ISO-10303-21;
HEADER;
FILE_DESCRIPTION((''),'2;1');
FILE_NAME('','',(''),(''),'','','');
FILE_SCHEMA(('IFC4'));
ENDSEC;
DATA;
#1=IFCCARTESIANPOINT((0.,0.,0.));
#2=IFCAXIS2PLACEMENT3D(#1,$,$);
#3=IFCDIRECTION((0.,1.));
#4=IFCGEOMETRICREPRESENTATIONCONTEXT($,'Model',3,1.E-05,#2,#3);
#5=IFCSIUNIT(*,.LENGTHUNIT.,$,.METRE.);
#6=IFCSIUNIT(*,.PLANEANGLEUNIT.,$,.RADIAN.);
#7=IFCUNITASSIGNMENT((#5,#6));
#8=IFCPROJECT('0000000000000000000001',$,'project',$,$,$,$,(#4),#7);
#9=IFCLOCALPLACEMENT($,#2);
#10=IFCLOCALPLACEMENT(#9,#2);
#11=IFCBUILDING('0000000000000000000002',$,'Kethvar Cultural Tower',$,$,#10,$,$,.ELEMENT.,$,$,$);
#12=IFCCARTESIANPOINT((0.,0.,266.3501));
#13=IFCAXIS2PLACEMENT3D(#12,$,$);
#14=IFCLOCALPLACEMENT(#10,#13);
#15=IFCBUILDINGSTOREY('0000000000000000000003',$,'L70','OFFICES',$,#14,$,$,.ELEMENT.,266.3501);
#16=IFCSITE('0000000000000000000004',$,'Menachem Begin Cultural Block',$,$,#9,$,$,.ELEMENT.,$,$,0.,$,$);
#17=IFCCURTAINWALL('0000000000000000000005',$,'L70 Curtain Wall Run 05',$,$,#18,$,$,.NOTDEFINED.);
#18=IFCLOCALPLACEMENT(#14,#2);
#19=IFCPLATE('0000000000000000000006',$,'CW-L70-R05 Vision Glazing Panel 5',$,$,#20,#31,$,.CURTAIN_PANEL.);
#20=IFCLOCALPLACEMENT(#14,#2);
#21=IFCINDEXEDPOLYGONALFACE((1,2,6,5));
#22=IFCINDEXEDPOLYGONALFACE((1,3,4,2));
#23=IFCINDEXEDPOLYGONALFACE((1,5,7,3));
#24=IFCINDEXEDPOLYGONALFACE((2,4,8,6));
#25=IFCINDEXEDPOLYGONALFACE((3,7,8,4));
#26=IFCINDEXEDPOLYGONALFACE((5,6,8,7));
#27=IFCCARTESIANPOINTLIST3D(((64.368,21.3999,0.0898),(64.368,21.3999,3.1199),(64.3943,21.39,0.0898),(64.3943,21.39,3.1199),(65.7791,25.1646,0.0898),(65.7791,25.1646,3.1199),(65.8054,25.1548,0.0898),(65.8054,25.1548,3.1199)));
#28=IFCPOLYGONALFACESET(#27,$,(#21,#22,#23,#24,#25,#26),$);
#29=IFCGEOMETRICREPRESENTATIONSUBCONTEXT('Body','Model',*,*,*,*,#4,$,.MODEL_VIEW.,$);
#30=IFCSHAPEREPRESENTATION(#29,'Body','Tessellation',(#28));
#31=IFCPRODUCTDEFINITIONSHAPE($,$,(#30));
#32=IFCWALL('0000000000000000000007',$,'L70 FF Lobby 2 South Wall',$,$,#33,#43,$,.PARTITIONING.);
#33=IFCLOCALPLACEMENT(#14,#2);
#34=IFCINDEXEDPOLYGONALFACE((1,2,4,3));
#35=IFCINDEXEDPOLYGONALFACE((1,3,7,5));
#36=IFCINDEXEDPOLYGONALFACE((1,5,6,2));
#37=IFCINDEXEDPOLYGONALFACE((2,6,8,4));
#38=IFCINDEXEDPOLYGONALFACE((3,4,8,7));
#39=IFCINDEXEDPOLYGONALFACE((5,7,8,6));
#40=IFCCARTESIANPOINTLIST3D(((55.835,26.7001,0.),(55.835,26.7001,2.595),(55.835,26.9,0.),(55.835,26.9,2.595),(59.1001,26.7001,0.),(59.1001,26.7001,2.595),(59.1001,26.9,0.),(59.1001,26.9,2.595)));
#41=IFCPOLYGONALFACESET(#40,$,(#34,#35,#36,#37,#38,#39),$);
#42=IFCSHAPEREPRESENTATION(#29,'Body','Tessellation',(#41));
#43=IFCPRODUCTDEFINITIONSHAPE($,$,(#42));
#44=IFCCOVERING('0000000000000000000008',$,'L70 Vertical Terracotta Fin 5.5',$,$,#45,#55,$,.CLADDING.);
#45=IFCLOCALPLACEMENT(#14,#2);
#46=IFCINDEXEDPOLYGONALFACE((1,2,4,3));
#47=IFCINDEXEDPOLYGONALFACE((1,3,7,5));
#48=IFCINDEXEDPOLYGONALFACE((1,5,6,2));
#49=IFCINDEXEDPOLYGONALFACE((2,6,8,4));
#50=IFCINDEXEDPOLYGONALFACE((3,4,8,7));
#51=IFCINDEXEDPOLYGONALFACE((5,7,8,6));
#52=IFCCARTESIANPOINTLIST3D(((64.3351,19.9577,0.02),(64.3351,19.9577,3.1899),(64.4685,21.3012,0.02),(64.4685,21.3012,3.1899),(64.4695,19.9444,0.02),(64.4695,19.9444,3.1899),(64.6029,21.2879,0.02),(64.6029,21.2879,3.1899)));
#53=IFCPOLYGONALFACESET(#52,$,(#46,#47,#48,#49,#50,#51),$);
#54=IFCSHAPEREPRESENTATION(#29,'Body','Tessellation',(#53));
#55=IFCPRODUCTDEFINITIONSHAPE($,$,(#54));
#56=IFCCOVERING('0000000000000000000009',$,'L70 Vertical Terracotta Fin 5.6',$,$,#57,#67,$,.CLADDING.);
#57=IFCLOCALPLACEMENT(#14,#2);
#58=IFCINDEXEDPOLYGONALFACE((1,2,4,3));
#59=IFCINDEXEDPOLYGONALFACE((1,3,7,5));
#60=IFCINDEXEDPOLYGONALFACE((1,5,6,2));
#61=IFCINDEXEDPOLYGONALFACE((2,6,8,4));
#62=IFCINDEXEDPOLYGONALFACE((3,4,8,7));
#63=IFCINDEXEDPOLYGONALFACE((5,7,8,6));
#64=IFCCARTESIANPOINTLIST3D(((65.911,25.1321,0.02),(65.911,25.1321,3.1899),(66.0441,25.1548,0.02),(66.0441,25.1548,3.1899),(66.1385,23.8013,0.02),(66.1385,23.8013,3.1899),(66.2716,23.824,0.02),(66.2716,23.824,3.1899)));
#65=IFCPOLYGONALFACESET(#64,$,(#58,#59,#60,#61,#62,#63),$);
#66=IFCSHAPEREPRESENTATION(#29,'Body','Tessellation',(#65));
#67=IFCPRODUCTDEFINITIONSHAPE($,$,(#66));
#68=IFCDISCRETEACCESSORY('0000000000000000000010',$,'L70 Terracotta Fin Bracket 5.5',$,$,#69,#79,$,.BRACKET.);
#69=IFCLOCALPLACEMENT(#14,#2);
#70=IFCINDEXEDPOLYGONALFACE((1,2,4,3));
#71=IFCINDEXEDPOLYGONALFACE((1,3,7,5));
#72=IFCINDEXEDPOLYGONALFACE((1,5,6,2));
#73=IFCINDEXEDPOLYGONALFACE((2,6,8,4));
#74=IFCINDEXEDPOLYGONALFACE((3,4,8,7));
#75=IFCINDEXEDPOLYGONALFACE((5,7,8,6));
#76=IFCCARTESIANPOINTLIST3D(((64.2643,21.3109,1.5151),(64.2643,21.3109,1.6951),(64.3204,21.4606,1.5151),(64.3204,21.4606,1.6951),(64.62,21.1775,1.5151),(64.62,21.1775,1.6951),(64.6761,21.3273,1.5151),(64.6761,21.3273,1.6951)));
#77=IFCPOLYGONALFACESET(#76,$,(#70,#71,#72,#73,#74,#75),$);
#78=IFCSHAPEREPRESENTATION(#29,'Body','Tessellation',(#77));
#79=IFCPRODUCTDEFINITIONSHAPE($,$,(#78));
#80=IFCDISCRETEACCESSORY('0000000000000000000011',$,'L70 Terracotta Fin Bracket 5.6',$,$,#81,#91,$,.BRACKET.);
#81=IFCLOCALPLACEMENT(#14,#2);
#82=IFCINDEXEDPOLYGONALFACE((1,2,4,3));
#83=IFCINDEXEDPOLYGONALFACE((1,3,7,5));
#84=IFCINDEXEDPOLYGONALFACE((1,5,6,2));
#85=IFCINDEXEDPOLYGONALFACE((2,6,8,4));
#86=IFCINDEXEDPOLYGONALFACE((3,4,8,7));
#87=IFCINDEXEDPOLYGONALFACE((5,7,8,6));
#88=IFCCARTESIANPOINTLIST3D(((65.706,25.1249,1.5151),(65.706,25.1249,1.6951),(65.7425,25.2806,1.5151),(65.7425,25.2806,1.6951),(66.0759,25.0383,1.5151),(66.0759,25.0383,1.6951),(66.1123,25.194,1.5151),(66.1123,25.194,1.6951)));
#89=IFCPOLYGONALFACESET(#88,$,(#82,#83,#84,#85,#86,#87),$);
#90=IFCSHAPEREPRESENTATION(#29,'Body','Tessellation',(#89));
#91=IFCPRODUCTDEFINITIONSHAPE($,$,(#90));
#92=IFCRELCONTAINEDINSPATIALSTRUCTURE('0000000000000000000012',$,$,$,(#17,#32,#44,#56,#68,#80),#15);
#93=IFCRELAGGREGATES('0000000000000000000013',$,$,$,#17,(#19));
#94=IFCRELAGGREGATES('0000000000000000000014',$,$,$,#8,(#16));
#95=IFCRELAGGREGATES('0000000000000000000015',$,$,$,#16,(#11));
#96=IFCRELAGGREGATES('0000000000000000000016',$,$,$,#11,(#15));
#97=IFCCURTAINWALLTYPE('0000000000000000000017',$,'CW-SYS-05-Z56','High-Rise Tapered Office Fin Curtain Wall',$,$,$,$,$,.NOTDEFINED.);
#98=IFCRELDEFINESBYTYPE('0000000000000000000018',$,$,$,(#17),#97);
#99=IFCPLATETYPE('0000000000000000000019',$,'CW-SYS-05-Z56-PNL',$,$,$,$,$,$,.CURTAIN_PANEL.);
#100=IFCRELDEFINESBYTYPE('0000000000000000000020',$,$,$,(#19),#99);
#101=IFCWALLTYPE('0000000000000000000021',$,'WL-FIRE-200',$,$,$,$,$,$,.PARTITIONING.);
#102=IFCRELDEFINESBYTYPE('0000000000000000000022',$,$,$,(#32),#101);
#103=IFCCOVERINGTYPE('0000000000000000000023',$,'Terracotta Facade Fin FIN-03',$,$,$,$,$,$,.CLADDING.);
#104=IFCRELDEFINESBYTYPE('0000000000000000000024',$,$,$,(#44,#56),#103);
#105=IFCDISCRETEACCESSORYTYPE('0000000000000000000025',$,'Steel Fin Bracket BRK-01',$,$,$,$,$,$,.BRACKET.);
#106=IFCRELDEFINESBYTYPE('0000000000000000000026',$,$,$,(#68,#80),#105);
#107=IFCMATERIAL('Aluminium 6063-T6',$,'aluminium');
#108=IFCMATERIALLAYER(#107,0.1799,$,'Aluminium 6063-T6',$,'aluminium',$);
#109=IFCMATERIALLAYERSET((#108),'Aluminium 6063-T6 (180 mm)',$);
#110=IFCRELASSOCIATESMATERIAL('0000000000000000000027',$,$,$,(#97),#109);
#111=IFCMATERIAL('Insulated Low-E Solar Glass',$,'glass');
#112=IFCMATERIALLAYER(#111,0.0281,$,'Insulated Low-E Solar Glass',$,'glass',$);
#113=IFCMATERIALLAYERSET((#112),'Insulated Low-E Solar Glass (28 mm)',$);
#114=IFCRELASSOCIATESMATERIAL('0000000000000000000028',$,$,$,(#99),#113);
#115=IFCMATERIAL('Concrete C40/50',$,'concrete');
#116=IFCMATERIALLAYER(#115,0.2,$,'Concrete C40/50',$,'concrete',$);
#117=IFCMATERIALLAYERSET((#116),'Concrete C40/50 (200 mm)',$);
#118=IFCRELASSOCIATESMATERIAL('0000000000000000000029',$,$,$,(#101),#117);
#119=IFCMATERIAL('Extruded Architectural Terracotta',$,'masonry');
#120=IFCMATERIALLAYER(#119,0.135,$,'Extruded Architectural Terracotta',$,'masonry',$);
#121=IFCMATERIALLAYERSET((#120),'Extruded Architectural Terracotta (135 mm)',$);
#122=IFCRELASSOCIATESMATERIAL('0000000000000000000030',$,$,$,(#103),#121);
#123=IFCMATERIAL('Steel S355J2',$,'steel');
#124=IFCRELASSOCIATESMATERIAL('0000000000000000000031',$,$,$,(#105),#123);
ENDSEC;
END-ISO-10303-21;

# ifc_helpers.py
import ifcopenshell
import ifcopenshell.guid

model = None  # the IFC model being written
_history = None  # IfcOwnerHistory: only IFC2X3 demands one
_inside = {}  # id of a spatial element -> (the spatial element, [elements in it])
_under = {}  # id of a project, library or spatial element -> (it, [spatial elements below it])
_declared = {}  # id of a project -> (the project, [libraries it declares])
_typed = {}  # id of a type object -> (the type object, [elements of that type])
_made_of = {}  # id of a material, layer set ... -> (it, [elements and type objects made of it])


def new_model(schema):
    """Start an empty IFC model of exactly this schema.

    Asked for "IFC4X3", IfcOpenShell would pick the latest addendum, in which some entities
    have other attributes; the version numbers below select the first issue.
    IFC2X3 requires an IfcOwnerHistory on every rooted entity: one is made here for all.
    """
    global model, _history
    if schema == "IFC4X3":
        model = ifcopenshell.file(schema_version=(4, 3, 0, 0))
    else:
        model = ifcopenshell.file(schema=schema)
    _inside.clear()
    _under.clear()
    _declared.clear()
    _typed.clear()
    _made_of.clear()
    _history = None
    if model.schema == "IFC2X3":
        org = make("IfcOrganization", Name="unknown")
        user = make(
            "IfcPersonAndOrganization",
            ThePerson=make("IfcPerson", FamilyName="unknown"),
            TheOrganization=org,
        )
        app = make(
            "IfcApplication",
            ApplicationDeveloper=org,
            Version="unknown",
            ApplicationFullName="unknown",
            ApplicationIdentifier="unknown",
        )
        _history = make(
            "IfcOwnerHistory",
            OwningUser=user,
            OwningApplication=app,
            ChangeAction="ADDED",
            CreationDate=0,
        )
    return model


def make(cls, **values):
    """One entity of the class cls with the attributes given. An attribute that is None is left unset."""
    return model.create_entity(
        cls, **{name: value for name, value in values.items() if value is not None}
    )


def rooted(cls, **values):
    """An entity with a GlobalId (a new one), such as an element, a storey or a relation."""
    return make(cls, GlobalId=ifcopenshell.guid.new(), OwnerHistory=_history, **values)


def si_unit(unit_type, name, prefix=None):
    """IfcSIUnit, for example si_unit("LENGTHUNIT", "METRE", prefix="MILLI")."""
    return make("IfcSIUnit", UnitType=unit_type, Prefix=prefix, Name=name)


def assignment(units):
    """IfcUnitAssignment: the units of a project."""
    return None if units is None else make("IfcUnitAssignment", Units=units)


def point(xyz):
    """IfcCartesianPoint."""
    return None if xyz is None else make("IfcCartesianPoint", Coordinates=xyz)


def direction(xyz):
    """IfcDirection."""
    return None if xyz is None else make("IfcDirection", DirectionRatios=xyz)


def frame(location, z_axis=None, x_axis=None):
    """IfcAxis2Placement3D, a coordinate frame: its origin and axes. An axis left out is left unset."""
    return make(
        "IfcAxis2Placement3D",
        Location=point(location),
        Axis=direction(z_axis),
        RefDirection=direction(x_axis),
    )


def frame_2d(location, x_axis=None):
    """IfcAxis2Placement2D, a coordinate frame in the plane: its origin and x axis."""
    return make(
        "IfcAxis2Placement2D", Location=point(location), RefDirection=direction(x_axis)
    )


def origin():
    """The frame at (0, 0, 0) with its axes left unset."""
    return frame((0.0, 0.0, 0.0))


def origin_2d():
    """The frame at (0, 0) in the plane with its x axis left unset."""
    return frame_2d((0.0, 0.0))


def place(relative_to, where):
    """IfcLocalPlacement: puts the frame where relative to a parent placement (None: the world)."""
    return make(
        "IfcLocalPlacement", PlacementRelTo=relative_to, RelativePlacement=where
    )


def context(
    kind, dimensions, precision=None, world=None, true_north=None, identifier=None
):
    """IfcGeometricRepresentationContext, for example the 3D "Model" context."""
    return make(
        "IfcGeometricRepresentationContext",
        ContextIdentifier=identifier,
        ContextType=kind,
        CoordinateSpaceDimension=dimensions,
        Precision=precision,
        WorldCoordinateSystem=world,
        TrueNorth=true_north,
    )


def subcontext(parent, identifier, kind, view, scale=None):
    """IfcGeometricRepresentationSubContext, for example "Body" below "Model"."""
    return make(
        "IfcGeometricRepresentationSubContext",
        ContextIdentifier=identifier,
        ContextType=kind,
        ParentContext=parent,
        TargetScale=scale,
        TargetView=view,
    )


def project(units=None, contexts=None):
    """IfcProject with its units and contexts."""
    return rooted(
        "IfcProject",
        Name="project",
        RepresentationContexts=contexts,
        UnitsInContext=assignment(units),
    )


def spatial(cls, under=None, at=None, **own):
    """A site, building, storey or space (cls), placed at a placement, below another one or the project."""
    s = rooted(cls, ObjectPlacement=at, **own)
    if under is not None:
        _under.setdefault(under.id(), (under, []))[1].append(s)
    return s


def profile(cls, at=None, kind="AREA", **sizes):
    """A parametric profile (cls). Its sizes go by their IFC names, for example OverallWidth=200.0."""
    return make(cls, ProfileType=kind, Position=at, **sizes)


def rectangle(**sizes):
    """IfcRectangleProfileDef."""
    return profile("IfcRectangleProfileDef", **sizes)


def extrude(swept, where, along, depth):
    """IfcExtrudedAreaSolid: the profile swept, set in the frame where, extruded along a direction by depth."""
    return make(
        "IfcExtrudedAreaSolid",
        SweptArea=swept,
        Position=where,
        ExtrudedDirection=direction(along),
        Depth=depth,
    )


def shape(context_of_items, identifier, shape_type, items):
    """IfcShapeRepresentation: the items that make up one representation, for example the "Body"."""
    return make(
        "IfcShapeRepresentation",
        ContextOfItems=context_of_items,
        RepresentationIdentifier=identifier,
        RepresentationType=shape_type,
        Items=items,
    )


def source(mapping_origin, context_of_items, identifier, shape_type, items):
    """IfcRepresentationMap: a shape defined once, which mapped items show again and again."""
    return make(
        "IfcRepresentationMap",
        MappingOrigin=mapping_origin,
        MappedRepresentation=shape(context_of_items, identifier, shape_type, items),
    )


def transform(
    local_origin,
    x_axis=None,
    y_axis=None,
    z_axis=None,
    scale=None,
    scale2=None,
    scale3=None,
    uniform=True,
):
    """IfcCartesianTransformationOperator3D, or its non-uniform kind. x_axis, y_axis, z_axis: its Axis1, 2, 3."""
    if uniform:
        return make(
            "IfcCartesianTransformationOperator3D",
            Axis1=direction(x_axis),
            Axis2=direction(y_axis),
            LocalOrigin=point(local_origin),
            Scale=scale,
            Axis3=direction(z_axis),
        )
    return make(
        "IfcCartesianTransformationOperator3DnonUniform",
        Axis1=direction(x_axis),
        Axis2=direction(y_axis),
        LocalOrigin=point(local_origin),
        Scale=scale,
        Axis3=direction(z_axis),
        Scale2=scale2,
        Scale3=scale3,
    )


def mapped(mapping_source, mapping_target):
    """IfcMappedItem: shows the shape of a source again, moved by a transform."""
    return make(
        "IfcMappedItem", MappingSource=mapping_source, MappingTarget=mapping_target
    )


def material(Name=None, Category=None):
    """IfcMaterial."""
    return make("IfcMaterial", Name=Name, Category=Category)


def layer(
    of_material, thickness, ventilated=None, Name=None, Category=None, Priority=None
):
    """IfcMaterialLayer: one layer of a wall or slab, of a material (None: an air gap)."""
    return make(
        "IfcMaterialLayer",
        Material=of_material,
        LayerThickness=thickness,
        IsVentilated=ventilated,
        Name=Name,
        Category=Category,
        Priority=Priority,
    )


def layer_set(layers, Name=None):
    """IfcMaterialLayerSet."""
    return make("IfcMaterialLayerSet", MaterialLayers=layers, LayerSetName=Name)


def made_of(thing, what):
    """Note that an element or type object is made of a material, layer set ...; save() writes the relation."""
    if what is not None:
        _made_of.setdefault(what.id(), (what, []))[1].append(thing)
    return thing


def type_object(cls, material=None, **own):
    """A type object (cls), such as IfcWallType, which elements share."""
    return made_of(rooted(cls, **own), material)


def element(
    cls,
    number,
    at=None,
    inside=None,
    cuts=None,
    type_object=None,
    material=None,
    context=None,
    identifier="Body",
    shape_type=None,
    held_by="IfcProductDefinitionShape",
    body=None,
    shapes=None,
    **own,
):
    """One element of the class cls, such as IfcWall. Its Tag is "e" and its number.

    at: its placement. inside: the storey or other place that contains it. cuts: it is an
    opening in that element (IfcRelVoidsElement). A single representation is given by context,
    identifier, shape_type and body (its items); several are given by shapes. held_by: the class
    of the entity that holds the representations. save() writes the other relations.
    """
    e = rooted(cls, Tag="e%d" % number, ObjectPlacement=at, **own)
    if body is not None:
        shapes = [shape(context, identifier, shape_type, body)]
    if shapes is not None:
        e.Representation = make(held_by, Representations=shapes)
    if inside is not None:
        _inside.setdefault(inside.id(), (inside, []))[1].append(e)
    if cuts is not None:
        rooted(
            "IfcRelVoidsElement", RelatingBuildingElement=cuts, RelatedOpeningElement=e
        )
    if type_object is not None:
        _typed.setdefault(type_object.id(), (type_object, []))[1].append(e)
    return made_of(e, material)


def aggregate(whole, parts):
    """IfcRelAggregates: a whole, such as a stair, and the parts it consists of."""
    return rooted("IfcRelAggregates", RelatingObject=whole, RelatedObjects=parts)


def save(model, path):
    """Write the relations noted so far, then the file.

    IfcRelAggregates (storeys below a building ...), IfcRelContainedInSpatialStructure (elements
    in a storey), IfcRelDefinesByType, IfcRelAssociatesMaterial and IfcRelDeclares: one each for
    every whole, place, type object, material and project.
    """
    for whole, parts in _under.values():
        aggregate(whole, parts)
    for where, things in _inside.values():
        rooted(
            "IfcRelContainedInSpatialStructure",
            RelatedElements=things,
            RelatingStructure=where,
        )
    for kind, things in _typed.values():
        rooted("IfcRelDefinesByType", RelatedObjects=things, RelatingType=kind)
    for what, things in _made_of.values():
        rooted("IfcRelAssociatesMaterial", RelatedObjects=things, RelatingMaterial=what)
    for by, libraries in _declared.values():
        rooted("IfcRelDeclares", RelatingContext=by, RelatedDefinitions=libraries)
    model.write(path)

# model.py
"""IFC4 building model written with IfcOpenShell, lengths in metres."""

from ifc_helpers import new_model, si_unit, direction, frame, frame_2d, origin, origin_2d, place, context, subcontext, project, spatial, rectangle, extrude, source, transform, mapped, material, layer, layer_set, type_object, element, aggregate, save


model = new_model("IFC4")

# Units and contexts
model_context = context("Model", 3, precision=1e-05, world=origin(), true_north=direction((0.0, 1.0)))
body_context = subcontext(model_context, "Body", "Model", "MODEL_VIEW")
ifc_project = project(units=[si_unit("LENGTHUNIT", "METRE"), si_unit("PLANEANGLEUNIT", "RADIAN")], contexts=[model_context])

# Site, building, storey
site_placement = place(None, origin())
site = spatial("IfcSite", under=ifc_project, at=site_placement, Name="Menachem Begin Cultural Block", CompositionType="ELEMENT", RefElevation=0.0)
building_placement = place(site_placement, origin())
building = spatial("IfcBuilding", under=site, at=building_placement, Name="Kethvar Cultural Tower", CompositionType="ELEMENT")
storey_placement = place(building_placement, frame((0.0, 0.0, 266.3501)))
storey = spatial("IfcBuildingStorey", under=building, at=storey_placement, Name="L70", Description="OFFICES", CompositionType="ELEMENT", Elevation=266.3501)

# Shared definitions
ifc_material_1 = material(Name="Steel S355J2", Category="steel")

# Curtain wall, plate
ifc_material_2 = material(Name="Aluminium 6063-T6", Category="aluminium")
ifc_layer_1 = layer(ifc_material_2, 0.1799, Name="Aluminium 6063-T6", Category="aluminium")
ifc_layer_set_1 = layer_set([ifc_layer_1], Name="Aluminium 6063-T6 (180 mm)")
curtain_wall_type = type_object("IfcCurtainWallType", Name="CW-SYS-05-Z56", Description="High-Rise Tapered Office Fin Curtain Wall", PredefinedType="NOTDEFINED", material=ifc_layer_set_1)
curtain_wall_placement = place(storey_placement, origin())
curtain_wall = element("IfcCurtainWall", 1, at=curtain_wall_placement, inside=storey, type_object=curtain_wall_type, Name="L70 Curtain Wall Run 05", PredefinedType="NOTDEFINED")
ifc_material_3 = material(Name="Insulated Low-E Solar Glass", Category="glass")
ifc_layer_2 = layer(ifc_material_3, 0.0281, Name="Insulated Low-E Solar Glass", Category="glass")
ifc_layer_set_2 = layer_set([ifc_layer_2], Name="Insulated Low-E Solar Glass (28 mm)")
plate_type = type_object("IfcPlateType", Name="CW-SYS-05-Z56-PNL", PredefinedType="CURTAIN_PANEL", material=ifc_layer_set_2)
shared_shape_1 = source(origin(), body_context, "Body", "SweptSolid", [
    extrude(rectangle(XDim=4.0205, YDim=0.0281, at=origin_2d()), origin(), (0.0, 0.0, 1.0), 3.03),
])
plate_1_placement = place(storey_placement, frame((65.0867, 23.2773, 0.0898), z_axis=(0.0, 0.0, 1.0), x_axis=(0.350976, 0.936385, 0.0)))
plate_1 = element("IfcPlate", 2, at=plate_1_placement, type_object=plate_type, Name="CW-L70-R05 Vision Glazing Panel 5", PredefinedType="CURTAIN_PANEL", context=body_context, shape_type="MappedRepresentation", body=[
    mapped(shared_shape_1, transform((0.0, 0.0, 0.0), scale=1.0)),
])
aggregate(curtain_wall, [plate_1])

# Shared definitions
ifc_material_4 = material(Name="Concrete C40/50", Category="concrete")
ifc_layer_3 = layer(ifc_material_4, 0.2, Name="Concrete C40/50", Category="concrete")
ifc_layer_set_3 = layer_set([ifc_layer_3], Name="Concrete C40/50 (200 mm)")
wall_type = type_object("IfcWallType", Name="WL-FIRE-200", PredefinedType="PARTITIONING", material=ifc_layer_set_3)

# Wall
wall_1_placement = place(storey_placement, frame((55.835, 26.8, 0.0), z_axis=(0.0, 0.0, 1.0), x_axis=(1.0, 0.0, 0.0)))
element("IfcWall", 3, at=wall_1_placement, inside=storey, type_object=wall_type, Name="L70 FF Lobby 2 South Wall", PredefinedType="PARTITIONING", context=body_context, shape_type="SweptSolid", body=[
    extrude(rectangle(XDim=3.2651, YDim=0.2, at=frame_2d((1.6326, 0.0))), origin(), (0.0, 0.0, 1.0), 2.595),
])

# Coverings
ifc_material_5 = material(Name="Extruded Architectural Terracotta", Category="masonry")
ifc_layer_4 = layer(ifc_material_5, 0.135, Name="Extruded Architectural Terracotta", Category="masonry")
ifc_layer_set_4 = layer_set([ifc_layer_4], Name="Extruded Architectural Terracotta (135 mm)")
covering_type = type_object("IfcCoveringType", Name="Terracotta Facade Fin FIN-03", PredefinedType="CLADDING", material=ifc_layer_set_4)
shared_shape_2 = source(origin(), body_context, "Body", "SweptSolid", [
    extrude(rectangle(XDim=1.3501, YDim=0.135, at=origin_2d()), origin(), (0.0, 0.0, 1.0), 3.1699),
])
for number, where, z_axis, x_axis, name in (
    (4, (64.469, 20.6228, 0.02), (0.0, 0.0, 1.0), (-0.098799, -0.995107, 0.0), "L70 Vertical Terracotta Fin 5.5"),
    (5, (66.0913, 24.478, 0.02), (0.0, 0.0, 1.0), (0.168489, -0.985703, 0.0), "L70 Vertical Terracotta Fin 5.6"),
):
    element("IfcCovering", number, at=place(storey_placement, frame(where, z_axis=z_axis, x_axis=x_axis)), inside=storey, type_object=covering_type, Name=name, PredefinedType="CLADDING", context=body_context, shape_type="MappedRepresentation", body=[
        mapped(shared_shape_2, transform((0.0, 0.0, 0.0), scale=1.0)),
    ])

# Discrete accessories
discrete_accessory_type = type_object("IfcDiscreteAccessoryType", Name="Steel Fin Bracket BRK-01", PredefinedType="BRACKET", material=ifc_material_1)
shared_shape_3 = source(origin(), body_context, "Body", "SweptSolid", [
    extrude(rectangle(XDim=0.3799, YDim=0.1599, at=origin_2d()), origin(), (0.0, 0.0, 1.0), 0.1799),
])
for number, where, z_axis, x_axis, name in (
    (6, (64.4702, 21.3191, 1.5151), (0.0, 0.0, 1.0), (0.936366, -0.351025, 0.0), "L70 Terracotta Fin Bracket 5.5"),
    (7, (65.9092, 25.1594, 1.5151), (0.0, 0.0, 1.0), (0.973659, -0.228011, 0.0), "L70 Terracotta Fin Bracket 5.6"),
):
    element("IfcDiscreteAccessory", number, at=place(storey_placement, frame(where, z_axis=z_axis, x_axis=x_axis)), inside=storey, type_object=discrete_accessory_type, Name=name, PredefinedType="BRACKET", context=body_context, shape_type="MappedRepresentation", body=[
        mapped(shared_shape_3, transform((0.0, 0.0, 0.0), scale=1.0)),
    ])

save(model, "model.ifc")
